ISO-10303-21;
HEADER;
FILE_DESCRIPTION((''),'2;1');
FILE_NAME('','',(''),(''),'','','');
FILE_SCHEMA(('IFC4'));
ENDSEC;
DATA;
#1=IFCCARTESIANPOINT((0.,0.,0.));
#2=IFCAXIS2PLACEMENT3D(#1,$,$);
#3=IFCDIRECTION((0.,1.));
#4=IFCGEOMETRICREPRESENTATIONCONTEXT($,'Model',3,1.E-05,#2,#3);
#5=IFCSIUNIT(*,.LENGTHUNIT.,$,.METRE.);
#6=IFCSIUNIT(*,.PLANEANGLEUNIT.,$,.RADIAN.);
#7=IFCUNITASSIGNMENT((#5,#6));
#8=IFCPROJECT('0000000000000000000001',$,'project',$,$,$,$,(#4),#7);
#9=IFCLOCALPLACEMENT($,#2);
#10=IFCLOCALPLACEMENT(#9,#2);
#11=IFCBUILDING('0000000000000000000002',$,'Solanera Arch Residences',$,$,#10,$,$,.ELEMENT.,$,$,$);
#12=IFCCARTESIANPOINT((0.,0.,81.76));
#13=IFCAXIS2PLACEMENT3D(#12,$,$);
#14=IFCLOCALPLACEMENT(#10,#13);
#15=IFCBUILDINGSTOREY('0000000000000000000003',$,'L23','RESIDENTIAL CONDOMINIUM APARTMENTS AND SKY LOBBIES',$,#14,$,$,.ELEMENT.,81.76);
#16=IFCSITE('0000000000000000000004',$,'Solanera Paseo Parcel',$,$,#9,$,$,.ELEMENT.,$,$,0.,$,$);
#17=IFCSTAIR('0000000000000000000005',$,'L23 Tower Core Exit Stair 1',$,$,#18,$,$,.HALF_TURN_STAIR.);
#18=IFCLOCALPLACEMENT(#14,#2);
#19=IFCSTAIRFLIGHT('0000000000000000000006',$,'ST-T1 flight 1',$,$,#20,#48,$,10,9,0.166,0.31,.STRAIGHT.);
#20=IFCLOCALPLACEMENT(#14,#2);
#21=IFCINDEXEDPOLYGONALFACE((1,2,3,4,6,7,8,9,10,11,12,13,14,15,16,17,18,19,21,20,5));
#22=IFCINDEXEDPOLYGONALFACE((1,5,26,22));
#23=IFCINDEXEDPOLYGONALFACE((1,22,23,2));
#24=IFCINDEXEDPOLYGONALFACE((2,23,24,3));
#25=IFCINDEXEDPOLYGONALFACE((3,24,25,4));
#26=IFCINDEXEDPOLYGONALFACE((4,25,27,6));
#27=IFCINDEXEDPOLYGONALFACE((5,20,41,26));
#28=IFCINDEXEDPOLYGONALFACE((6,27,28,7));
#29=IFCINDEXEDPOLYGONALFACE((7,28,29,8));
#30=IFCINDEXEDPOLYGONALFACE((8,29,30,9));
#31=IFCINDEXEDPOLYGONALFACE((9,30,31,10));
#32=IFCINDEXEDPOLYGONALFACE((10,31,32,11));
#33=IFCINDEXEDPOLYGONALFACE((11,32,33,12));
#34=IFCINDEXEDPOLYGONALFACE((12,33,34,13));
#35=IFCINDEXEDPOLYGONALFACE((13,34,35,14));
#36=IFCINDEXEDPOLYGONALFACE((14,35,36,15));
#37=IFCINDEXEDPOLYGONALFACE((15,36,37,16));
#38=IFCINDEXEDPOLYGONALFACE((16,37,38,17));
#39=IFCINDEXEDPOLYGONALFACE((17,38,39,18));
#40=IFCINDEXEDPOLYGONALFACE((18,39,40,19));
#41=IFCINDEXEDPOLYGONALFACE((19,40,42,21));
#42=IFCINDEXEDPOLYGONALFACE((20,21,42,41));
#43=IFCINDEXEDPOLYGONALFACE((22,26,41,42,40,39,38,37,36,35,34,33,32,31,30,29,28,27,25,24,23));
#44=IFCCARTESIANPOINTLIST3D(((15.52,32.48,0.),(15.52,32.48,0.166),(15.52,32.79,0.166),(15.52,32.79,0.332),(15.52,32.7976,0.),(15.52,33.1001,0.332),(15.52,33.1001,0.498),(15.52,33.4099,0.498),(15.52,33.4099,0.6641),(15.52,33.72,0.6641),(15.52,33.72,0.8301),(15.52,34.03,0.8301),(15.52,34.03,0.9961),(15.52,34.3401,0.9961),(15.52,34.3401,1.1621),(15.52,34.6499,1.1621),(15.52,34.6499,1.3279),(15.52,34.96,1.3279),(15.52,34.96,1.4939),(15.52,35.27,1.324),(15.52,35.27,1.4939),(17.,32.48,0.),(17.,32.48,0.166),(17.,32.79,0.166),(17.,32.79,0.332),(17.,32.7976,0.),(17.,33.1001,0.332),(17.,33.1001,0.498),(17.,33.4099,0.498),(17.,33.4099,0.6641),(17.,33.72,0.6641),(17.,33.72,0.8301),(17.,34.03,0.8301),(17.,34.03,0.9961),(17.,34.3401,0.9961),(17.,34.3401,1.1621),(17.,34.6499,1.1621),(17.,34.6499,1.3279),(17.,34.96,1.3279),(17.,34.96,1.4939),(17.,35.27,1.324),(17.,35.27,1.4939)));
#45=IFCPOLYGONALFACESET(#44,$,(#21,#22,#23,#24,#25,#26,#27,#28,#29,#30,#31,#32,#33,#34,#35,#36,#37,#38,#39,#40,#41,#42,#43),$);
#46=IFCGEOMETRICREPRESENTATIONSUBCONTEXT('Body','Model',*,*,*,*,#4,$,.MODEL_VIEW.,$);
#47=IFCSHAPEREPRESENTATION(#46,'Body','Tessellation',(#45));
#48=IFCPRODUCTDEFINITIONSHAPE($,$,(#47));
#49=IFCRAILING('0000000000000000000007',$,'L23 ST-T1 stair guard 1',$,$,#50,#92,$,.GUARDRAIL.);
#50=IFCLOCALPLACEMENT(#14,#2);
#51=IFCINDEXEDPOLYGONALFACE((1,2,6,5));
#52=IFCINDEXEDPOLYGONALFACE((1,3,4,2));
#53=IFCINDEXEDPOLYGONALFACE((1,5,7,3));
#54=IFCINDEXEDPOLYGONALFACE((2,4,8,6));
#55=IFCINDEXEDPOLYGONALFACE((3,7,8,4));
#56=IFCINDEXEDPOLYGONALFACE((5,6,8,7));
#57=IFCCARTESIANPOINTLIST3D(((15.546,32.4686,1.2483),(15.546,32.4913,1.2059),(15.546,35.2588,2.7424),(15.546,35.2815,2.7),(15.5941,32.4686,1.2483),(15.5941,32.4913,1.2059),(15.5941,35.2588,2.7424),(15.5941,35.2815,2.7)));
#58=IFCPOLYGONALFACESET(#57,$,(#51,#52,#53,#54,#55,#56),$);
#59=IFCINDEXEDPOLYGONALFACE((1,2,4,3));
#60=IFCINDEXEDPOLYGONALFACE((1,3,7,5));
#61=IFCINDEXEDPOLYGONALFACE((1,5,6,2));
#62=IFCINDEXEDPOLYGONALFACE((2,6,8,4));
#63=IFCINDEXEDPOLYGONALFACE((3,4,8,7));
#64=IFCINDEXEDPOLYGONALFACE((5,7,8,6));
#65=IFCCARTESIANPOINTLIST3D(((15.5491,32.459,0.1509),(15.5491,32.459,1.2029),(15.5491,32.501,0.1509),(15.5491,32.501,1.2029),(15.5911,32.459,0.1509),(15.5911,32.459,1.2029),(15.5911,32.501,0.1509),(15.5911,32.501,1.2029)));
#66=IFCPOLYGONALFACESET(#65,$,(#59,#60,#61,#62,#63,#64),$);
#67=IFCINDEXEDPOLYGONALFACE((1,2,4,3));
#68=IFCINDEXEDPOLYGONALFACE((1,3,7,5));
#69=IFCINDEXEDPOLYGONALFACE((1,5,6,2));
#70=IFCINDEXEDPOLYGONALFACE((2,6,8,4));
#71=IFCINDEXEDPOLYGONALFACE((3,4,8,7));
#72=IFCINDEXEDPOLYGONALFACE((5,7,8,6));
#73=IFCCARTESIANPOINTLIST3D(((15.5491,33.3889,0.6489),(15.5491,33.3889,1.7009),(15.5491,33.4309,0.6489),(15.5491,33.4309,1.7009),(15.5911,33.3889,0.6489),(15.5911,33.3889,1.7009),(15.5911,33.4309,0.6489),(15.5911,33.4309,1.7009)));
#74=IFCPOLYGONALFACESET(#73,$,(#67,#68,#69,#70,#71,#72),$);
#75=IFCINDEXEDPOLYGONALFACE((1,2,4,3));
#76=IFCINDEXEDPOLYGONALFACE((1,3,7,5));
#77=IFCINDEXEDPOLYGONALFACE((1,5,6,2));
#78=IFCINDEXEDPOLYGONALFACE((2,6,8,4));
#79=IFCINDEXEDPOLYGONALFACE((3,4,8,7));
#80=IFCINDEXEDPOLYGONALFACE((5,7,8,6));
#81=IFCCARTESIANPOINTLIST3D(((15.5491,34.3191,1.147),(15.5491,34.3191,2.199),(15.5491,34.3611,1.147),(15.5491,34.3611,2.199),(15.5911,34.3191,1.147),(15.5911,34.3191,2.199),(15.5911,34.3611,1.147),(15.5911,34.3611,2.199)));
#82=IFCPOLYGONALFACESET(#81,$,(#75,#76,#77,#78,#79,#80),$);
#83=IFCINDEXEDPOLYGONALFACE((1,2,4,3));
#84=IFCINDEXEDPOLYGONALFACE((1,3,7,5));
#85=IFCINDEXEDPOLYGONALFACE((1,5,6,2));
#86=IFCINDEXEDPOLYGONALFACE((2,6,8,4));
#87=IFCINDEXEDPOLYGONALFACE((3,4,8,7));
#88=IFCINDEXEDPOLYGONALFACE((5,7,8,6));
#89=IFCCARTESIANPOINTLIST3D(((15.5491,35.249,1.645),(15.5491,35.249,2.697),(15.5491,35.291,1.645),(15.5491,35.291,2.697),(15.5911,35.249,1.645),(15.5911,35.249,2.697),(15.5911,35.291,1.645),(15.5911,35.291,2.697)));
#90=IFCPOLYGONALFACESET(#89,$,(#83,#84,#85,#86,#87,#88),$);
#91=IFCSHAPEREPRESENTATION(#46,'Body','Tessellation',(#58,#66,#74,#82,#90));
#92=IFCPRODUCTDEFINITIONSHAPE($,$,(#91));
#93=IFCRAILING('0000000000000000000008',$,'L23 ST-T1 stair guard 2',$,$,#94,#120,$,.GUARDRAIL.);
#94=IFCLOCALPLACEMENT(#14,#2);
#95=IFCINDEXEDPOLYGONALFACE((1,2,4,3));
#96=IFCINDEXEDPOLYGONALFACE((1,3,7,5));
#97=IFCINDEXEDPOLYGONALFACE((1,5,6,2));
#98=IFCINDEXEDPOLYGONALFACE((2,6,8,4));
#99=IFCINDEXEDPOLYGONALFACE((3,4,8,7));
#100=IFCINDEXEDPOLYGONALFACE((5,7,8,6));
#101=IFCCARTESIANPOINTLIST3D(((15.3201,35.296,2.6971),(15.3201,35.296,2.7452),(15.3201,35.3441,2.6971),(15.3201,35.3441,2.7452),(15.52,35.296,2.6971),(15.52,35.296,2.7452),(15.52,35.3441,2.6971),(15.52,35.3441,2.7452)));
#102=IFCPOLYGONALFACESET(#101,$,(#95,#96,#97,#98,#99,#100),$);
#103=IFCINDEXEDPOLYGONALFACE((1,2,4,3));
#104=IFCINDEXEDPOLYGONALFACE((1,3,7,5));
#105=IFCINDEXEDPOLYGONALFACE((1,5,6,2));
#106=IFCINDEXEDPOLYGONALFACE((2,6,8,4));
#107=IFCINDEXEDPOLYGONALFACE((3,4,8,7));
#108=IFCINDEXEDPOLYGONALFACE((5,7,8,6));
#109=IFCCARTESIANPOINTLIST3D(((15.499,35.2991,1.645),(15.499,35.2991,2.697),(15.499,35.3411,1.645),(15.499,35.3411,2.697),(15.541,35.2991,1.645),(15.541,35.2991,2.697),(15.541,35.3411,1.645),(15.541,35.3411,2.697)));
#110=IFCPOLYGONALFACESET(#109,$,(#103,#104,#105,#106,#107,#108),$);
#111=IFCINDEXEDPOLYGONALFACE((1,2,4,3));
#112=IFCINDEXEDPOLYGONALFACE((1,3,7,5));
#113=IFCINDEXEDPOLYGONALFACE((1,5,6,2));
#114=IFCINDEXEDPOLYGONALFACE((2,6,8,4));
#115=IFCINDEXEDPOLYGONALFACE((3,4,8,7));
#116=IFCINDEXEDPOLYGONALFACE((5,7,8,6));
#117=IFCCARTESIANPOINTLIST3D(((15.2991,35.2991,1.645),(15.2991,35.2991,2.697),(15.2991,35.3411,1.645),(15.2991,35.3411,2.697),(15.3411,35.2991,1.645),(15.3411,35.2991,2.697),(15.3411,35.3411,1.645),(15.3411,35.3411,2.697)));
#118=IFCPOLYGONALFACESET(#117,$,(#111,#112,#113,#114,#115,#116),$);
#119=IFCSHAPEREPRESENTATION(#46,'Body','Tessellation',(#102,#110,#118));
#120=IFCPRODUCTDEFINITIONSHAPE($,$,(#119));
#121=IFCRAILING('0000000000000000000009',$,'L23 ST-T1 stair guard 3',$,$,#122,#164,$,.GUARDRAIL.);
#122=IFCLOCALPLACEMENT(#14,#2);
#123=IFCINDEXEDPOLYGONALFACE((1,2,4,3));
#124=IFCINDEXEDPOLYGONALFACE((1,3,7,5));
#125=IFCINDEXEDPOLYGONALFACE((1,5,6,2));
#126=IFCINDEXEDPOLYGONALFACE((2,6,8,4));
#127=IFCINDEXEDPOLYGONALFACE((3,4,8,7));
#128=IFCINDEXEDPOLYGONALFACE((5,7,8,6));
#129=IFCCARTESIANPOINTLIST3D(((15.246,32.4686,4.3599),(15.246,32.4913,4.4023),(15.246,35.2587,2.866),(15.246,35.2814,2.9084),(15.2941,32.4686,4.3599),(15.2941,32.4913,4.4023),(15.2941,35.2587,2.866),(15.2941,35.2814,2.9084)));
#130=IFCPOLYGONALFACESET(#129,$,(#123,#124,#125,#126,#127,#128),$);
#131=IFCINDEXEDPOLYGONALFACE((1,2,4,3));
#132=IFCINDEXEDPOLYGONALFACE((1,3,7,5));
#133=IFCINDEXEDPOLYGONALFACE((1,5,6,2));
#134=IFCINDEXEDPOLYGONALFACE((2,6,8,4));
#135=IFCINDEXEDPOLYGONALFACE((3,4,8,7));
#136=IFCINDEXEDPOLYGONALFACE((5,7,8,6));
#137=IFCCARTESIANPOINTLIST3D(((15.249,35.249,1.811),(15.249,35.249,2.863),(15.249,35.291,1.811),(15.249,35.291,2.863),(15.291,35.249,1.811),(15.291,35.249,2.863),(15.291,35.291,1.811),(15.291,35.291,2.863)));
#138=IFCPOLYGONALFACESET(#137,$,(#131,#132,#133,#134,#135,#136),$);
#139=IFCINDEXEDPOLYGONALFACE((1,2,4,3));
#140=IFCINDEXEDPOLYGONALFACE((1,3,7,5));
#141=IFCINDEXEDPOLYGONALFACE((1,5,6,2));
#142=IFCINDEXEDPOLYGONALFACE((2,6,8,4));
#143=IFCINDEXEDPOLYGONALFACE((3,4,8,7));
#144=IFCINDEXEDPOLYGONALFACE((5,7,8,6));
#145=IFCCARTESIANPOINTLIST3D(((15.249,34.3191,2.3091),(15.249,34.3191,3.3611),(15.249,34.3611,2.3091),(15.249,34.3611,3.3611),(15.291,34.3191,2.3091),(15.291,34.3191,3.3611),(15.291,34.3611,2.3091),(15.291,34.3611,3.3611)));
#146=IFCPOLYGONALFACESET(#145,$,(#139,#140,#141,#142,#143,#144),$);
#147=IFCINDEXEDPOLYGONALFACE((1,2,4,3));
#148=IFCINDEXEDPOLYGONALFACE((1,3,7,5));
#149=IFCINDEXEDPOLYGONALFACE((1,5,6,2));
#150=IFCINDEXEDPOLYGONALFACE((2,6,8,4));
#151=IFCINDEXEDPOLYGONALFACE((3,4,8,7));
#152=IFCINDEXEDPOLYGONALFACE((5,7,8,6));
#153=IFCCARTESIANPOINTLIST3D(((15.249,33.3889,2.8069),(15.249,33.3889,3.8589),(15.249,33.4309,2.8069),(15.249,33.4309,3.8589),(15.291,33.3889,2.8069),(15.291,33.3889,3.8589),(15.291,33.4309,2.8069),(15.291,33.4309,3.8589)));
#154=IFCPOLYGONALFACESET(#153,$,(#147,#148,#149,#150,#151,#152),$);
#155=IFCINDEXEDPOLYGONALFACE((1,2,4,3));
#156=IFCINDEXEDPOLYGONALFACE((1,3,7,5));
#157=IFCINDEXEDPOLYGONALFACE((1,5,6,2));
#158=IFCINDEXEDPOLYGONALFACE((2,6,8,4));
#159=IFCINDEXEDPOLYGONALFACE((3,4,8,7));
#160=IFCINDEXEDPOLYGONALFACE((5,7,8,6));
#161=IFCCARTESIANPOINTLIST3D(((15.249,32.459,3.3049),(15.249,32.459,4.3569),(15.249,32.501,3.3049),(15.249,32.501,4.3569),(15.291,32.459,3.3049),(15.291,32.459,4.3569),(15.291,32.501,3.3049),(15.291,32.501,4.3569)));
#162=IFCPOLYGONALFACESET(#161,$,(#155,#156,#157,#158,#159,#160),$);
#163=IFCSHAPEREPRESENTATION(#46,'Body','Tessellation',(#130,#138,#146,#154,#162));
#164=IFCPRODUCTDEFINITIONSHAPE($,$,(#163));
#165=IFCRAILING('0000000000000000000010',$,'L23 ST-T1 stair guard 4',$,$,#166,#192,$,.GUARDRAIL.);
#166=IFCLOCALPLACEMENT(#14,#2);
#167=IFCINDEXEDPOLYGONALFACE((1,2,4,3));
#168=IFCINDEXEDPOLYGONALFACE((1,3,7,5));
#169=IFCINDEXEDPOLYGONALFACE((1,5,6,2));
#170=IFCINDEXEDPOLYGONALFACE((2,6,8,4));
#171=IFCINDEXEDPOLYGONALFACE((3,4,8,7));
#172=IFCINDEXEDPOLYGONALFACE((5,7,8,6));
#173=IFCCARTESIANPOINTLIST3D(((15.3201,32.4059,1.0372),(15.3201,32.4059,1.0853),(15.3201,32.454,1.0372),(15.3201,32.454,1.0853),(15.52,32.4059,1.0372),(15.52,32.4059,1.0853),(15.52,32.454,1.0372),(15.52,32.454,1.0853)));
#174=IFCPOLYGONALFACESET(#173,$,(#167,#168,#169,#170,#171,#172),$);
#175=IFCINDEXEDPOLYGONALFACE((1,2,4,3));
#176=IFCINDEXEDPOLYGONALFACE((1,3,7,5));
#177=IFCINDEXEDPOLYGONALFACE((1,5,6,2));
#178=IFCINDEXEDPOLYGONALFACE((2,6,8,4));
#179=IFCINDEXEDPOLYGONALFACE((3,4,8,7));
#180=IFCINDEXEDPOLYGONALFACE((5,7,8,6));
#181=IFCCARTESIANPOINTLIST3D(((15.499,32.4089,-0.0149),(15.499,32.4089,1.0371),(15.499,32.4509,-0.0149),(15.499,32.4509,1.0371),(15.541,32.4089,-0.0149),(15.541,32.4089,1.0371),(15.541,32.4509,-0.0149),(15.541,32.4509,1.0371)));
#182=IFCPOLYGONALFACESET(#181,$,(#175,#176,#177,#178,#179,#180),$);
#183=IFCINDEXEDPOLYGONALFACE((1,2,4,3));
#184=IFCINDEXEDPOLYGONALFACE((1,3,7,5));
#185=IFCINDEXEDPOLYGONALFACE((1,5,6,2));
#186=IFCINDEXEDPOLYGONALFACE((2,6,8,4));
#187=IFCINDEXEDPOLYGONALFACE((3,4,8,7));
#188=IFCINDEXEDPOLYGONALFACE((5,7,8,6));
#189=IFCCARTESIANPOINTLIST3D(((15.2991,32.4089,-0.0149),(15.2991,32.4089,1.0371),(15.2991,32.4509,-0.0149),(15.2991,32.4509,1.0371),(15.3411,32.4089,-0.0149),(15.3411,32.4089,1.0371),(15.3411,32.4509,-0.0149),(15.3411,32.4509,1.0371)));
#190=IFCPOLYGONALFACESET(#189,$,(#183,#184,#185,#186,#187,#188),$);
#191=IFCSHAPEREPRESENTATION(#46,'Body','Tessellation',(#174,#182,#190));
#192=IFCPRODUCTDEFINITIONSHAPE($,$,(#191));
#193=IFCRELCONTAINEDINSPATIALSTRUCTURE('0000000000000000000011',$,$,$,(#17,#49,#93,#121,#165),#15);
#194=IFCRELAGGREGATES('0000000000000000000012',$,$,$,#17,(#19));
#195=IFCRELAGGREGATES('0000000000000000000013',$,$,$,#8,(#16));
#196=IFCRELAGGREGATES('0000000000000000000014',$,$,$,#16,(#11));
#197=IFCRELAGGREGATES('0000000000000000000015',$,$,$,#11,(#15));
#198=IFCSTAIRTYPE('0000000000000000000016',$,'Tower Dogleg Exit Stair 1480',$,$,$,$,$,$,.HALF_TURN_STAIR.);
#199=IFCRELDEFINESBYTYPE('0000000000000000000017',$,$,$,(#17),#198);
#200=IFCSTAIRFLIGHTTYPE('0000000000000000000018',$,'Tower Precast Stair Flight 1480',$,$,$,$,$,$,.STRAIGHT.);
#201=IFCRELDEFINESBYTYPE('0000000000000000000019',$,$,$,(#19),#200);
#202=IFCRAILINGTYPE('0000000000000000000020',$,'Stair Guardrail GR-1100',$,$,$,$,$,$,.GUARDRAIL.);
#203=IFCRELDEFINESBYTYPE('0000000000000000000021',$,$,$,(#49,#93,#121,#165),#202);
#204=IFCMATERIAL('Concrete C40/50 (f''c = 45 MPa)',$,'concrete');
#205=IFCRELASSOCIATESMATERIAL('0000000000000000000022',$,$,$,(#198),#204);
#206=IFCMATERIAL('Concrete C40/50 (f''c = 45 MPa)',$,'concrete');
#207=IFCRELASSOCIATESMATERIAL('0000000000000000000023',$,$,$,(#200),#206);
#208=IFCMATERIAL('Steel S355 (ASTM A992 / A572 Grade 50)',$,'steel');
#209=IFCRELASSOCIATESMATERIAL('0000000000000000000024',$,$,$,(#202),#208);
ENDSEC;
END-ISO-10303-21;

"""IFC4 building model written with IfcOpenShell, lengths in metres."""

from ifc_helpers import new_model, si_unit, direction, frame, origin, origin_2d, place, context, subcontext, project, spatial, polyline, rectangle, outline, extrude, material, type_object, element, aggregate, save


model = new_model("IFC4")

# Units and contexts
model_context = context("Model", 3, precision=1e-05, world=origin(), true_north=direction((0.0, 1.0)))
body_context = subcontext(model_context, "Body", "Model", "MODEL_VIEW")
ifc_project = project(units=[si_unit("LENGTHUNIT", "METRE"), si_unit("PLANEANGLEUNIT", "RADIAN")], contexts=[model_context])

# Site, building, storey
site_placement = place(None, origin())
site = spatial("IfcSite", under=ifc_project, at=site_placement, Name="Solanera Paseo Parcel", CompositionType="ELEMENT", RefElevation=0.0)
building_placement = place(site_placement, origin())
building = spatial("IfcBuilding", under=site, at=building_placement, Name="Solanera Arch Residences", CompositionType="ELEMENT")
storey_placement = place(building_placement, frame((0.0, 0.0, 81.76)))
storey = spatial("IfcBuildingStorey", under=building, at=storey_placement, Name="L23", Description="RESIDENTIAL CONDOMINIUM APARTMENTS AND SKY LOBBIES", CompositionType="ELEMENT", Elevation=81.76)

# Stair, stair flight
ifc_material_1 = material(Name="Concrete C40/50 (f'c = 45 MPa)", Category="concrete")
stair_type = type_object("IfcStairType", Name="Tower Dogleg Exit Stair 1480", PredefinedType="HALF_TURN_STAIR", material=ifc_material_1)
stair_placement = place(storey_placement, origin())
stair = element("IfcStair", 1, at=stair_placement, inside=storey, type_object=stair_type, Name="L23 Tower Core Exit Stair 1", PredefinedType="HALF_TURN_STAIR")
ifc_material_2 = material(Name="Concrete C40/50 (f'c = 45 MPa)", Category="concrete")
stair_flight_type = type_object("IfcStairFlightType", Name="Tower Precast Stair Flight 1480", PredefinedType="STRAIGHT", material=ifc_material_2)
stair_flight_placement = place(storey_placement, frame((16.26, 32.48, 0.0), z_axis=(0.0, 0.0, 1.0), x_axis=(0.0, 1.0, 0.0)))
stair_flight = element("IfcStairFlight", 2, at=stair_flight_placement, type_object=stair_flight_type, Name="ST-T1 flight 1", NumberOfRisers=10, NumberOfTreads=9, PredefinedType="STRAIGHT", RiserHeight=0.166, TreadLength=0.31, context=body_context, shape_type="SweptSolid", body=[
    extrude(outline(polyline([(0.0, 0.0), (0.0, 0.166), (0.3101, 0.166), (0.3101, 0.332), (0.6201, 0.332), (0.6201, 0.498), (0.9299, 0.498), (0.9299, 0.6641), (1.24, 0.6641), (1.24, 0.8301), (1.55, 0.8301), (1.55, 0.9961), (1.8601, 0.9961), (1.8601, 1.1621), (2.1699, 1.1621), (2.1699, 1.3279), (2.48, 1.3279), (2.48, 1.4939), (2.79, 1.4939), (2.79, 1.6599), (2.79, 1.324), (0.3176, 0.0), (0.0, 0.0)])), frame((0.0, 0.74, 0.0), z_axis=(0.0, -1.0, 0.0), x_axis=(1.0, 0.0, 0.0)), (0.0, 0.0, 1.0), 1.48),
])
aggregate(stair, [stair_flight])

# Railings
ifc_material_3 = material(Name="Steel S355 (ASTM A992 / A572 Grade 50)", Category="steel")
railing_type_1 = type_object("IfcRailingType", Name="Stair Guardrail GR-1100", PredefinedType="GUARDRAIL", material=ifc_material_3)
railing_1_placement = place(storey_placement, frame((15.5701, 32.48, 0.1509)))
element("IfcRailing", 3, at=railing_1_placement, inside=storey, type_object=railing_type_1, Name="L23 ST-T1 stair guard 1", PredefinedType="GUARDRAIL", context=body_context, shape_type="SweptSolid", body=[
    extrude(rectangle(XDim=0.0481, YDim=0.0481, at=origin_2d()), frame((0.0, 0.0, 1.0762), z_axis=(0.0, 0.881549, 0.472093), x_axis=(-1.0, 0.0, 0.0)), (0.0, 0.0, 1.0), 3.165),
    extrude(rectangle(XDim=0.042, YDim=0.042, at=origin_2d()), origin(), (0.0, 0.0, 1.0), 1.052),
    extrude(rectangle(XDim=0.042, YDim=0.042, at=origin_2d()), frame((0.0, 0.9299, 0.498)), (0.0, 0.0, 1.0), 1.052),
    extrude(rectangle(XDim=0.042, YDim=0.042, at=origin_2d()), frame((0.0, 1.8601, 0.9961)), (0.0, 0.0, 1.0), 1.052),
    extrude(rectangle(XDim=0.042, YDim=0.042, at=origin_2d()), frame((0.0, 2.79, 1.4941)), (0.0, 0.0, 1.0), 1.052),
])
railing_2_placement = place(storey_placement, frame((15.52, 35.3201, 1.645)))
element("IfcRailing", 4, at=railing_2_placement, inside=storey, type_object=railing_type_1, Name="L23 ST-T1 stair guard 2", PredefinedType="GUARDRAIL", context=body_context, shape_type="SweptSolid", body=[
    extrude(rectangle(XDim=0.0481, YDim=0.0481, at=origin_2d()), frame((0.0, 0.0, 1.0762), z_axis=(-1.0, 0.0, 0.0), x_axis=(0.0, -1.0, 0.0)), (0.0, 0.0, 1.0), 0.2),
    extrude(rectangle(XDim=0.042, YDim=0.042, at=origin_2d()), origin(), (0.0, 0.0, 1.0), 1.052),
    extrude(rectangle(XDim=0.042, YDim=0.042, at=origin_2d()), frame((-0.2, 0.0, 0.0)), (0.0, 0.0, 1.0), 1.052),
])
railing_3_placement = place(storey_placement, frame((15.27, 35.27, 1.811)))
element("IfcRailing", 5, at=railing_3_placement, inside=storey, type_object=railing_type_1, Name="L23 ST-T1 stair guard 3", PredefinedType="GUARDRAIL", context=body_context, shape_type="SweptSolid", body=[
    extrude(rectangle(XDim=0.0481, YDim=0.0481, at=origin_2d()), frame((0.0, 0.0, 1.0762), z_axis=(0.0, -0.881581, 0.472033), x_axis=(1.0, 0.0, 0.0)), (0.0, 0.0, 1.0), 3.1648),
    extrude(rectangle(XDim=0.042, YDim=0.042, at=origin_2d()), origin(), (0.0, 0.0, 1.0), 1.052),
    extrude(rectangle(XDim=0.042, YDim=0.042, at=origin_2d()), frame((0.0, -0.9299, 0.498)), (0.0, 0.0, 1.0), 1.052),
    extrude(rectangle(XDim=0.042, YDim=0.042, at=origin_2d()), frame((0.0, -1.8601, 0.9958)), (0.0, 0.0, 1.0), 1.052),
    extrude(rectangle(XDim=0.042, YDim=0.042, at=origin_2d()), frame((0.0, -2.79, 1.4939)), (0.0, 0.0, 1.0), 1.052),
])
railing_4_placement = place(storey_placement, frame((15.52, 32.4299, -0.0149)))
element("IfcRailing", 6, at=railing_4_placement, inside=storey, type_object=railing_type_1, Name="L23 ST-T1 stair guard 4", PredefinedType="GUARDRAIL", context=body_context, shape_type="SweptSolid", body=[
    extrude(rectangle(XDim=0.0481, YDim=0.0481, at=origin_2d()), frame((0.0, 0.0, 1.0762), z_axis=(-1.0, 0.0, 0.0), x_axis=(0.0, -1.0, 0.0)), (0.0, 0.0, 1.0), 0.2),
    extrude(rectangle(XDim=0.042, YDim=0.042, at=origin_2d()), origin(), (0.0, 0.0, 1.0), 1.052),
    extrude(rectangle(XDim=0.042, YDim=0.042, at=origin_2d()), frame((-0.2, 0.0, 0.0)), (0.0, 0.0, 1.0), 1.052),
])

save(model, "model.ifc")
